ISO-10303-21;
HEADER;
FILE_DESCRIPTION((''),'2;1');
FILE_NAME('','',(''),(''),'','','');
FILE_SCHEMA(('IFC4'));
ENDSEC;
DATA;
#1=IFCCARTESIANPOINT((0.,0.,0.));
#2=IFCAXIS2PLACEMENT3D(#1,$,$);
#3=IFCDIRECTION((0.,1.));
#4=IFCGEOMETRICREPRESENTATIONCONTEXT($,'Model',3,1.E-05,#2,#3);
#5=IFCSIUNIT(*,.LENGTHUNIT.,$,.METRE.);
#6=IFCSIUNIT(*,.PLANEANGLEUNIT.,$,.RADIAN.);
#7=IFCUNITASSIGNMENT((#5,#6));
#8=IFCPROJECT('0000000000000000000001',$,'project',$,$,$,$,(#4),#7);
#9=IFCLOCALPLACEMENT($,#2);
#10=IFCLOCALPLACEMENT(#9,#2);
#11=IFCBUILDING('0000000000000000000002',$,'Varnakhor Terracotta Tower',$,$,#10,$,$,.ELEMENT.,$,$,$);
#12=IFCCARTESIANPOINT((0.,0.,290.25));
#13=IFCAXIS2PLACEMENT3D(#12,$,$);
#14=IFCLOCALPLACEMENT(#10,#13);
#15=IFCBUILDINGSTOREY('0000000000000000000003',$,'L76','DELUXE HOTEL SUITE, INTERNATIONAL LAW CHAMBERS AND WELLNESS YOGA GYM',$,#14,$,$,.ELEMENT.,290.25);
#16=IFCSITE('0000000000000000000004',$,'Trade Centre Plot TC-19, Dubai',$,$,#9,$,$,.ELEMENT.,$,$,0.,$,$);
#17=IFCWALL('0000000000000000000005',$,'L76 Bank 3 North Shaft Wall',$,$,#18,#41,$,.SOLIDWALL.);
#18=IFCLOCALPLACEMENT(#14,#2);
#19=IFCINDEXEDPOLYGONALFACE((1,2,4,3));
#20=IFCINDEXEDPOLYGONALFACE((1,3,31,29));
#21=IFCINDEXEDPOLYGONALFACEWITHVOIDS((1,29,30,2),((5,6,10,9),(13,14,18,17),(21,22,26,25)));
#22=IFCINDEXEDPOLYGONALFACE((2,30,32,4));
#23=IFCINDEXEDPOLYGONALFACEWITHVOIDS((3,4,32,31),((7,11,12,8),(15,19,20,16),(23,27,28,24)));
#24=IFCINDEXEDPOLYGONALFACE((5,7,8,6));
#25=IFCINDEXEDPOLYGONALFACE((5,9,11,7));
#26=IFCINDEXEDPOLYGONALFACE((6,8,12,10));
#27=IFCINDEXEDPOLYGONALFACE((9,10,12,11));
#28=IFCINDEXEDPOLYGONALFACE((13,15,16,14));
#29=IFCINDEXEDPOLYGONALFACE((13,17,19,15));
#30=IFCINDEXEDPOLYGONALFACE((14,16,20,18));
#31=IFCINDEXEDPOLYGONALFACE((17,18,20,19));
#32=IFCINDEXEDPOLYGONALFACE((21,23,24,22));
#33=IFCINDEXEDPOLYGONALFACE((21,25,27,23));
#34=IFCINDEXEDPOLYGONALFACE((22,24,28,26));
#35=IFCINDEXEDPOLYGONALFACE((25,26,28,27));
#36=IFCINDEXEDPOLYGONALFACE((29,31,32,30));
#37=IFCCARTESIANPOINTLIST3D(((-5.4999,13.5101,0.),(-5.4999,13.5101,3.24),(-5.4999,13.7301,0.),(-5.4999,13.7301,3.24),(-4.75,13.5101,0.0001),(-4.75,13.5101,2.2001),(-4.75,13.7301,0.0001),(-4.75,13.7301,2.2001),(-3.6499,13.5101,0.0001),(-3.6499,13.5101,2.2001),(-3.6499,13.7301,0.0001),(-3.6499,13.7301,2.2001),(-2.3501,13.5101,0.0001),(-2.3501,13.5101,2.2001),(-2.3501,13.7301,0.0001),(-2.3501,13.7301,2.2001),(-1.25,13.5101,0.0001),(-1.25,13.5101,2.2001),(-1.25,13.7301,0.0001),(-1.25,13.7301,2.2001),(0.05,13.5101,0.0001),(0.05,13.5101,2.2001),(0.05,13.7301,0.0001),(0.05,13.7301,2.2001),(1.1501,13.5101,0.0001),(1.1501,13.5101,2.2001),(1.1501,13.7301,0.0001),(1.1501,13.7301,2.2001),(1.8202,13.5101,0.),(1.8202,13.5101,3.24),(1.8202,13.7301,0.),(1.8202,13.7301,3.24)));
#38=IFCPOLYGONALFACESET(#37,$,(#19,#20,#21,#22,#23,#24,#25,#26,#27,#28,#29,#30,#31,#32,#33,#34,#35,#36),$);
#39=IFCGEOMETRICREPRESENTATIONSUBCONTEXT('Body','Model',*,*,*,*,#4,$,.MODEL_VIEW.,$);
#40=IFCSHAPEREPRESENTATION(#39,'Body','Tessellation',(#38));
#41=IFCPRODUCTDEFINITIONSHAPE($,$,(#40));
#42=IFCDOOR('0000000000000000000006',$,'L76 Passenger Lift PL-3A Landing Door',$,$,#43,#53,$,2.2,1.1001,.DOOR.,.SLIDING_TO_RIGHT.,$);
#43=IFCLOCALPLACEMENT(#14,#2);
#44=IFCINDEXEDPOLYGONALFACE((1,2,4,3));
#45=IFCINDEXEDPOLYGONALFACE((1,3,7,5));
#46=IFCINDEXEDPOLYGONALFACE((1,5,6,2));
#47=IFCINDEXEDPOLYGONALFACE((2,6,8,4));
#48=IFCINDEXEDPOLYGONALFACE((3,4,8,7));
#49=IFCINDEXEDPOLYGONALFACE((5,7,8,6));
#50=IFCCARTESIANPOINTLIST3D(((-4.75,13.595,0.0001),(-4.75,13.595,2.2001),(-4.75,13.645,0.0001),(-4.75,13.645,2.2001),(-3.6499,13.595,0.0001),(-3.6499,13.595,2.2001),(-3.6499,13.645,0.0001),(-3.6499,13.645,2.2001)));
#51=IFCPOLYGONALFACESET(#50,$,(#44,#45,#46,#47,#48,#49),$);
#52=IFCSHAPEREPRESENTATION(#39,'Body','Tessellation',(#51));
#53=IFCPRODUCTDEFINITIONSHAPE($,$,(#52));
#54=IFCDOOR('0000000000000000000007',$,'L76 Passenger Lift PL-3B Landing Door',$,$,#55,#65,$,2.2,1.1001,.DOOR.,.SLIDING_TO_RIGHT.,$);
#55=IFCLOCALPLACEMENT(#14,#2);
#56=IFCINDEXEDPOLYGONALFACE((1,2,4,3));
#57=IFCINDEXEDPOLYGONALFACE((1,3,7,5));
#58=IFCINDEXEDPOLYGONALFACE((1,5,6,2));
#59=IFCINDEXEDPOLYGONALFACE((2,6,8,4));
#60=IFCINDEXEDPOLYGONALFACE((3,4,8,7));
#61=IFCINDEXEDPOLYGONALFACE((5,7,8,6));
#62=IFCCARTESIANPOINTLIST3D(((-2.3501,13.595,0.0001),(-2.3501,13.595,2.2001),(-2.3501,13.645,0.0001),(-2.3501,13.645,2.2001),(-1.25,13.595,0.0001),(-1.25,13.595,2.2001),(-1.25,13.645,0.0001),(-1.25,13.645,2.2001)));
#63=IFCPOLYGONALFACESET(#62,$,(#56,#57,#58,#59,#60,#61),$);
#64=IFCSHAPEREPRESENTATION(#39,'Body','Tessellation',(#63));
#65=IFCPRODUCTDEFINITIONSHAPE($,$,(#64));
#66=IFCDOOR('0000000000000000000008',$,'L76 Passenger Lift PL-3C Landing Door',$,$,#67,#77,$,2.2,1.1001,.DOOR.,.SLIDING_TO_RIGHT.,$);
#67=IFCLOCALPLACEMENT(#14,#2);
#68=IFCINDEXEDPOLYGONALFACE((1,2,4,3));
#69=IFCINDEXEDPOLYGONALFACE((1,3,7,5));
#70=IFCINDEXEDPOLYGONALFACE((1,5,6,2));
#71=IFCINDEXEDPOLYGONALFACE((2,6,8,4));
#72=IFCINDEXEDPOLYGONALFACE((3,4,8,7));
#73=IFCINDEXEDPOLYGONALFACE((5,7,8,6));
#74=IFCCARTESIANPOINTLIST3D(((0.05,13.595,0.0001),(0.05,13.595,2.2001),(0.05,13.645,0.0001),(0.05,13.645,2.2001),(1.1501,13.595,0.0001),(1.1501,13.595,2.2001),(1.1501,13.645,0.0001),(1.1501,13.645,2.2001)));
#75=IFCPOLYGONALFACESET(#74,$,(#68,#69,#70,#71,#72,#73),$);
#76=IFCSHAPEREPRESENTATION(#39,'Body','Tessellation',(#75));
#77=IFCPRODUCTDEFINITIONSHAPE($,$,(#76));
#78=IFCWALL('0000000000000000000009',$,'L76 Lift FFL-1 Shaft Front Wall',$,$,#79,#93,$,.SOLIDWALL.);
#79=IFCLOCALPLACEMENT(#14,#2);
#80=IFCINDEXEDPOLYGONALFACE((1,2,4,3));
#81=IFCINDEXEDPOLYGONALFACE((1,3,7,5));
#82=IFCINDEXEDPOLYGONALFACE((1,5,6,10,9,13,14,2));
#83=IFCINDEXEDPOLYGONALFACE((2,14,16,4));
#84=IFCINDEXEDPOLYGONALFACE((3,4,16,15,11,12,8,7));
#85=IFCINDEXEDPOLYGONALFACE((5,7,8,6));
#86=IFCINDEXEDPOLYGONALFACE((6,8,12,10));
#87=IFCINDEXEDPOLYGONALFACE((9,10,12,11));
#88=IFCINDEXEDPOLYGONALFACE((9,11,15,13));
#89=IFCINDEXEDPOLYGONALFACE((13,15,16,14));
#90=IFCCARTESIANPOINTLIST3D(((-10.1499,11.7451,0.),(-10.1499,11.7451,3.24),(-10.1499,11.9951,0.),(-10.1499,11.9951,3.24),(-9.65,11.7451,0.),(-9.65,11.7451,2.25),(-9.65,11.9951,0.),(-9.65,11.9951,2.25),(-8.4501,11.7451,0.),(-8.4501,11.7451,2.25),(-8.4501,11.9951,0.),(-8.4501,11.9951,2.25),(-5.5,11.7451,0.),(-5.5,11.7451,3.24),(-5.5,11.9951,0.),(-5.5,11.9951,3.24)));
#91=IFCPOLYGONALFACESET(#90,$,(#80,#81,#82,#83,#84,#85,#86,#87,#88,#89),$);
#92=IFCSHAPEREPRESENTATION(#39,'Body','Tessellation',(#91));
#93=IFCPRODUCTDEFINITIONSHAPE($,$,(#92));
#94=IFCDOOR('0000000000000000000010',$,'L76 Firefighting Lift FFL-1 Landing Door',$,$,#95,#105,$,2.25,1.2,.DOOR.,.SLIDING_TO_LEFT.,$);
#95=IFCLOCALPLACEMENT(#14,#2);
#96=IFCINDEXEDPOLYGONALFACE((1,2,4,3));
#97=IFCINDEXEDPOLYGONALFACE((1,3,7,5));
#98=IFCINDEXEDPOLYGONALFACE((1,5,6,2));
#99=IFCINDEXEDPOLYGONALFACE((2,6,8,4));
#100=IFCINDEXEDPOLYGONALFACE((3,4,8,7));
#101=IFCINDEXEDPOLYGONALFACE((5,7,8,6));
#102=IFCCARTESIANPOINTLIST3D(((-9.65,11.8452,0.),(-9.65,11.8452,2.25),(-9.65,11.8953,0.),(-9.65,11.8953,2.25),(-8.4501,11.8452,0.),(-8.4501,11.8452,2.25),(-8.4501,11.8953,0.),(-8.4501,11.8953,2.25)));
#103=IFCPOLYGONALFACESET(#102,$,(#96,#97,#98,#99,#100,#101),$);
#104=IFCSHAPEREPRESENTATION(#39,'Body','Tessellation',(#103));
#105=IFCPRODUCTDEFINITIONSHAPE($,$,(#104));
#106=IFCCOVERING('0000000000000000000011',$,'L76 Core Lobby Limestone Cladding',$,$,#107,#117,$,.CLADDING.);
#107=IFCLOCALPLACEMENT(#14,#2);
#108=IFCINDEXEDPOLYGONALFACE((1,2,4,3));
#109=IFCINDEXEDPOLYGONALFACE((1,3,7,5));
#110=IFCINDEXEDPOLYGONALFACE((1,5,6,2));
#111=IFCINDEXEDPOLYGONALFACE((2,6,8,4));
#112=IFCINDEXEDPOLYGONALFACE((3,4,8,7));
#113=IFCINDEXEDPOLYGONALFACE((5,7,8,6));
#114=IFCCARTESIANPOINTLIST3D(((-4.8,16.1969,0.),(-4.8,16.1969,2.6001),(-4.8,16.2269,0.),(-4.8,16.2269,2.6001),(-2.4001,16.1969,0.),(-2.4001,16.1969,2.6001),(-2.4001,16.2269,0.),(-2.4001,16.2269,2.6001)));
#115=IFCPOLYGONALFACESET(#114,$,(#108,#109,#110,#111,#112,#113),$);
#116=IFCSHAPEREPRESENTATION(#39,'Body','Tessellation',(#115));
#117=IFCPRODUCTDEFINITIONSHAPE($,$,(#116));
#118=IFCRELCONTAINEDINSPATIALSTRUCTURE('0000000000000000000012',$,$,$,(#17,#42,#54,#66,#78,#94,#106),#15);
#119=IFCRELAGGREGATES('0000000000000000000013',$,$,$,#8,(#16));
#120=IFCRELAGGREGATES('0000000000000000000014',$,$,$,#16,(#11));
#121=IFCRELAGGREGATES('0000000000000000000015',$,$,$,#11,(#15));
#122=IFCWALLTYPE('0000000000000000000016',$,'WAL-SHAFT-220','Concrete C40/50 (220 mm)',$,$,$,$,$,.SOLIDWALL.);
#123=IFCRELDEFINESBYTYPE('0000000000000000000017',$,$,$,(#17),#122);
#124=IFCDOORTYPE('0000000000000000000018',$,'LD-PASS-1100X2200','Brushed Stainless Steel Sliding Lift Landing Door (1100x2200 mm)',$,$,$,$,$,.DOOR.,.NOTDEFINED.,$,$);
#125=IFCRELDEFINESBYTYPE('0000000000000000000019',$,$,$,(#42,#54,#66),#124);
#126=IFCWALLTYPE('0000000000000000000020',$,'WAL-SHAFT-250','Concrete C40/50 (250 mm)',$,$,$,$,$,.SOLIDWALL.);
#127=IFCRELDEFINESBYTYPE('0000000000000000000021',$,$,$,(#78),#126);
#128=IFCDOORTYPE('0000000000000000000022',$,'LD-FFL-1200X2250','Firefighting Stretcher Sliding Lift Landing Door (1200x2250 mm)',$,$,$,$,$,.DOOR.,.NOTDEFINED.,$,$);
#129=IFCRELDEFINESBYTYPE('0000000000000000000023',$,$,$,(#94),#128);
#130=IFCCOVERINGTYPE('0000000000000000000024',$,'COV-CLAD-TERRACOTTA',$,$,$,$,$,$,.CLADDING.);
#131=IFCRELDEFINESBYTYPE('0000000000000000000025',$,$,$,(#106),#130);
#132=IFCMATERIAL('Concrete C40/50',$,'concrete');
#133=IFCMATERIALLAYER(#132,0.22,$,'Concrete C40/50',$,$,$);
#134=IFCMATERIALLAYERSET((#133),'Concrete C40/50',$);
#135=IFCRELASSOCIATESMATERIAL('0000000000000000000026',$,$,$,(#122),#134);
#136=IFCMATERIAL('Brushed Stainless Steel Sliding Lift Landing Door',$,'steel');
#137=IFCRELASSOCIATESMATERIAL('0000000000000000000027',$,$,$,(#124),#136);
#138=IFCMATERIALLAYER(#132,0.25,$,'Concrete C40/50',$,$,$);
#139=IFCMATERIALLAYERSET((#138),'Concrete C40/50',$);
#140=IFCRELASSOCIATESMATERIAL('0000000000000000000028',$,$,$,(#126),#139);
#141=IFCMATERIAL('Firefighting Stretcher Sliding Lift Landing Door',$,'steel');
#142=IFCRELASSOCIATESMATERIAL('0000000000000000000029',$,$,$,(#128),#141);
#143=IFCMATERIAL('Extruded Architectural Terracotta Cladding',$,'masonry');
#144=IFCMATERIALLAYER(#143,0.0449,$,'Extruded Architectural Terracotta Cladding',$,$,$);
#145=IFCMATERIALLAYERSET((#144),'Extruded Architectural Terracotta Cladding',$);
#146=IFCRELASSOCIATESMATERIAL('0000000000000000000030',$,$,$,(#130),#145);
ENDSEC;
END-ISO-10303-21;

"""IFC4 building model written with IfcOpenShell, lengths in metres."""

from ifc_helpers import new_model, si_unit, direction, frame, frame_2d, origin, origin_2d, place, context, subcontext, project, spatial, rectangle, extrude, source, transform, mapped, material, layer, layer_set, type_object, type_shapes, element, fill, save


model = new_model("IFC4")

# Units and contexts
model_context = context("Model", 3, precision=1e-05, world=origin(), true_north=direction((0.0, 1.0)))
body_context = subcontext(model_context, "Body", "Model", "MODEL_VIEW")
ifc_project = project(units=[si_unit("LENGTHUNIT", "METRE"), si_unit("PLANEANGLEUNIT", "RADIAN")], contexts=[model_context])

# Site, building, storey
site_placement = place(None, origin())
site = spatial("IfcSite", under=ifc_project, at=site_placement, Name="Trade Centre Plot TC-19, Dubai", CompositionType="ELEMENT", RefElevation=0.0)
building_placement = place(site_placement, origin())
building = spatial("IfcBuilding", under=site, at=building_placement, Name="Varnakhor Terracotta Tower", CompositionType="ELEMENT")
storey_placement = place(building_placement, frame((0.0, 0.0, 290.25)))
storey = spatial("IfcBuildingStorey", under=building, at=storey_placement, Name="L76", Description="DELUXE HOTEL SUITE, INTERNATIONAL LAW CHAMBERS AND WELLNESS YOGA GYM", CompositionType="ELEMENT", Elevation=290.25)

# Shared definitions
ifc_material_1 = material(Name="Concrete C40/50", Category="concrete")
ifc_layer_1 = layer(ifc_material_1, 0.22, Name="Concrete C40/50")
ifc_layer_set_1 = layer_set([ifc_layer_1], Name="Concrete C40/50")
wall_type_1 = type_object("IfcWallType", Name="WAL-SHAFT-220", Description="Concrete C40/50 (220 mm)", PredefinedType="SOLIDWALL", material=ifc_layer_set_1)

# Wall, openings, doors
wall_1_placement = place(storey_placement, frame((-5.5, 13.6201, 0.0), z_axis=(0.0, 0.0, 1.0), x_axis=(1.0, 0.0, 0.0)))
wall_1 = element("IfcWall", 1, at=wall_1_placement, inside=storey, type_object=wall_type_1, Name="L76 Bank 3 North Shaft Wall", PredefinedType="SOLIDWALL", context=body_context, shape_type="SweptSolid", body=[
    extrude(rectangle(XDim=7.3201, YDim=0.22, at=frame_2d((3.6602, 0.0))), origin(), (0.0, 0.0, 1.0), 3.24),
])
opening_1_placement = place(wall_1_placement, frame((0.75, 0.0, 0.0)))
opening_1 = element("IfcOpeningElement", 2, at=opening_1_placement, cuts=wall_1, PredefinedType="OPENING", context=body_context, shape_type="SweptSolid", body=[
    extrude(rectangle(XDim=1.1001, YDim=2.2, at=frame_2d((0.55, 1.1001))), frame((0.0, 0.1201, 0.0), z_axis=(0.0, -1.0, 0.0), x_axis=(1.0, 0.0, 0.0)), (0.0, 0.0, 1.0), 0.24),
])
opening_2_placement = place(wall_1_placement, frame((3.1499, 0.0, 0.0)))
opening_2 = element("IfcOpeningElement", 3, at=opening_2_placement, cuts=wall_1, PredefinedType="OPENING", context=body_context, shape_type="SweptSolid", body=[
    extrude(rectangle(XDim=1.1001, YDim=2.2, at=frame_2d((0.55, 1.1001))), frame((0.0, 0.1201, 0.0), z_axis=(0.0, -1.0, 0.0), x_axis=(1.0, 0.0, 0.0)), (0.0, 0.0, 1.0), 0.24),
])
opening_3_placement = place(wall_1_placement, frame((5.55, 0.0, 0.0)))
opening_3 = element("IfcOpeningElement", 4, at=opening_3_placement, cuts=wall_1, PredefinedType="OPENING", context=body_context, shape_type="SweptSolid", body=[
    extrude(rectangle(XDim=1.1001, YDim=2.2, at=frame_2d((0.55, 1.1001))), frame((0.0, 0.1201, 0.0), z_axis=(0.0, -1.0, 0.0), x_axis=(1.0, 0.0, 0.0)), (0.0, 0.0, 1.0), 0.24),
])
ifc_material_2 = material(Name="Brushed Stainless Steel Sliding Lift Landing Door", Category="steel")
door_type_1 = type_object("IfcDoorType", Name="LD-PASS-1100X2200", Description="Brushed Stainless Steel Sliding Lift Landing Door (1100x2200 mm)", OperationType="NOTDEFINED", PredefinedType="DOOR", material=ifc_material_2)
shared_shape_1 = source(origin(), body_context, "Body", "SweptSolid", [
    extrude(rectangle(XDim=1.1001, YDim=2.2, at=frame_2d((0.55, 1.1001))), frame((0.0, 0.0249, 0.0), z_axis=(0.0, -1.0, 0.0), x_axis=(1.0, 0.0, 0.0)), (0.0, 0.0, 1.0), 0.05),
])
type_shapes(door_type_1, [shared_shape_1])
door_1_placement = place(opening_1_placement, origin())
door_1 = element("IfcDoor", 5, at=door_1_placement, inside=storey, type_object=door_type_1, Name="L76 Passenger Lift PL-3A Landing Door", OperationType="SLIDING_TO_RIGHT", OverallHeight=2.2, OverallWidth=1.1001, PredefinedType="DOOR", context=body_context, shape_type="MappedRepresentation", body=[
    mapped(shared_shape_1, transform((0.0, 0.0, 0.0), scale=1.0)),
])
fill(opening_1, door_1)
door_2_placement = place(opening_2_placement, origin())
door_2 = element("IfcDoor", 6, at=door_2_placement, inside=storey, type_object=door_type_1, Name="L76 Passenger Lift PL-3B Landing Door", OperationType="SLIDING_TO_RIGHT", OverallHeight=2.2, OverallWidth=1.1001, PredefinedType="DOOR", context=body_context, shape_type="MappedRepresentation", body=[
    mapped(shared_shape_1, transform((0.0, 0.0, 0.0), scale=1.0)),
])
fill(opening_2, door_2)
door_3_placement = place(opening_3_placement, origin())
door_3 = element("IfcDoor", 7, at=door_3_placement, inside=storey, type_object=door_type_1, Name="L76 Passenger Lift PL-3C Landing Door", OperationType="SLIDING_TO_RIGHT", OverallHeight=2.2, OverallWidth=1.1001, PredefinedType="DOOR", context=body_context, shape_type="MappedRepresentation", body=[
    mapped(shared_shape_1, transform((0.0, 0.0, 0.0), scale=1.0)),
])
fill(opening_3, door_3)

# Wall, opening, door
ifc_layer_2 = layer(ifc_material_1, 0.25, Name="Concrete C40/50")
ifc_layer_set_2 = layer_set([ifc_layer_2], Name="Concrete C40/50")
wall_type_2 = type_object("IfcWallType", Name="WAL-SHAFT-250", Description="Concrete C40/50 (250 mm)", PredefinedType="SOLIDWALL", material=ifc_layer_set_2)
wall_2_placement = place(storey_placement, frame((-5.5, 11.8701, 0.0), z_axis=(0.0, 0.0, 1.0), x_axis=(-1.0, 0.0, 0.0)))
wall_2 = element("IfcWall", 8, at=wall_2_placement, inside=storey, type_object=wall_type_2, Name="L76 Lift FFL-1 Shaft Front Wall", PredefinedType="SOLIDWALL", context=body_context, shape_type="SweptSolid", body=[
    extrude(rectangle(XDim=4.6499, YDim=0.25, at=frame_2d((2.325, 0.0))), origin(), (0.0, 0.0, 1.0), 3.24),
])
opening_4_placement = place(wall_2_placement, frame((2.95, 0.0, 0.0)))
opening_4 = element("IfcOpeningElement", 9, at=opening_4_placement, cuts=wall_2, PredefinedType="OPENING", context=body_context, shape_type="SweptSolid", body=[
    extrude(rectangle(XDim=1.2, YDim=2.25, at=frame_2d((0.6001, 1.125))), frame((0.0, 0.135, 0.0), z_axis=(0.0, -1.0, 0.0), x_axis=(1.0, 0.0, 0.0)), (0.0, 0.0, 1.0), 0.27),
])
ifc_material_3 = material(Name="Firefighting Stretcher Sliding Lift Landing Door", Category="steel")
door_type_2 = type_object("IfcDoorType", Name="LD-FFL-1200X2250", Description="Firefighting Stretcher Sliding Lift Landing Door (1200x2250 mm)", OperationType="NOTDEFINED", PredefinedType="DOOR", material=ifc_material_3)
shared_shape_2 = source(origin(), body_context, "Body", "SweptSolid", [
    extrude(rectangle(XDim=1.2, YDim=2.25, at=frame_2d((0.6001, 1.125))), frame((0.0, 0.0249, 0.0), z_axis=(0.0, -1.0, 0.0), x_axis=(1.0, 0.0, 0.0)), (0.0, 0.0, 1.0), 0.05),
])
type_shapes(door_type_2, [shared_shape_2])
door_4_placement = place(opening_4_placement, origin())
door_4 = element("IfcDoor", 10, at=door_4_placement, inside=storey, type_object=door_type_2, Name="L76 Firefighting Lift FFL-1 Landing Door", OperationType="SLIDING_TO_LEFT", OverallHeight=2.25, OverallWidth=1.2, PredefinedType="DOOR", context=body_context, shape_type="MappedRepresentation", body=[
    mapped(shared_shape_2, transform((0.0, 0.0, 0.0), scale=1.0)),
])
fill(opening_4, door_4)

# Covering
ifc_material_4 = material(Name="Extruded Architectural Terracotta Cladding", Category="masonry")
ifc_layer_3 = layer(ifc_material_4, 0.0449, Name="Extruded Architectural Terracotta Cladding")
ifc_layer_set_3 = layer_set([ifc_layer_3], Name="Extruded Architectural Terracotta Cladding")
covering_type = type_object("IfcCoveringType", Name="COV-CLAD-TERRACOTTA", PredefinedType="CLADDING", material=ifc_layer_set_3)
shared_shape_3 = source(origin(), body_context, "Body", "SweptSolid", [
    extrude(rectangle(XDim=2.3999, YDim=0.03, at=origin_2d()), origin(), (0.0, 0.0, 1.0), 2.6001),
])
type_shapes(covering_type, [shared_shape_3])
covering_placement = place(storey_placement, frame((-3.6001, 16.2119, 0.0), z_axis=(0.0, 0.0, 1.0), x_axis=(1.0, 0.0, 0.0)))
element("IfcCovering", 11, at=covering_placement, inside=storey, type_object=covering_type, Name="L76 Core Lobby Limestone Cladding", PredefinedType="CLADDING", context=body_context, shape_type="MappedRepresentation", body=[
    mapped(shared_shape_3, transform((0.0, 0.0, 0.0), scale=1.0)),
])

save(model, "model.ifc")
